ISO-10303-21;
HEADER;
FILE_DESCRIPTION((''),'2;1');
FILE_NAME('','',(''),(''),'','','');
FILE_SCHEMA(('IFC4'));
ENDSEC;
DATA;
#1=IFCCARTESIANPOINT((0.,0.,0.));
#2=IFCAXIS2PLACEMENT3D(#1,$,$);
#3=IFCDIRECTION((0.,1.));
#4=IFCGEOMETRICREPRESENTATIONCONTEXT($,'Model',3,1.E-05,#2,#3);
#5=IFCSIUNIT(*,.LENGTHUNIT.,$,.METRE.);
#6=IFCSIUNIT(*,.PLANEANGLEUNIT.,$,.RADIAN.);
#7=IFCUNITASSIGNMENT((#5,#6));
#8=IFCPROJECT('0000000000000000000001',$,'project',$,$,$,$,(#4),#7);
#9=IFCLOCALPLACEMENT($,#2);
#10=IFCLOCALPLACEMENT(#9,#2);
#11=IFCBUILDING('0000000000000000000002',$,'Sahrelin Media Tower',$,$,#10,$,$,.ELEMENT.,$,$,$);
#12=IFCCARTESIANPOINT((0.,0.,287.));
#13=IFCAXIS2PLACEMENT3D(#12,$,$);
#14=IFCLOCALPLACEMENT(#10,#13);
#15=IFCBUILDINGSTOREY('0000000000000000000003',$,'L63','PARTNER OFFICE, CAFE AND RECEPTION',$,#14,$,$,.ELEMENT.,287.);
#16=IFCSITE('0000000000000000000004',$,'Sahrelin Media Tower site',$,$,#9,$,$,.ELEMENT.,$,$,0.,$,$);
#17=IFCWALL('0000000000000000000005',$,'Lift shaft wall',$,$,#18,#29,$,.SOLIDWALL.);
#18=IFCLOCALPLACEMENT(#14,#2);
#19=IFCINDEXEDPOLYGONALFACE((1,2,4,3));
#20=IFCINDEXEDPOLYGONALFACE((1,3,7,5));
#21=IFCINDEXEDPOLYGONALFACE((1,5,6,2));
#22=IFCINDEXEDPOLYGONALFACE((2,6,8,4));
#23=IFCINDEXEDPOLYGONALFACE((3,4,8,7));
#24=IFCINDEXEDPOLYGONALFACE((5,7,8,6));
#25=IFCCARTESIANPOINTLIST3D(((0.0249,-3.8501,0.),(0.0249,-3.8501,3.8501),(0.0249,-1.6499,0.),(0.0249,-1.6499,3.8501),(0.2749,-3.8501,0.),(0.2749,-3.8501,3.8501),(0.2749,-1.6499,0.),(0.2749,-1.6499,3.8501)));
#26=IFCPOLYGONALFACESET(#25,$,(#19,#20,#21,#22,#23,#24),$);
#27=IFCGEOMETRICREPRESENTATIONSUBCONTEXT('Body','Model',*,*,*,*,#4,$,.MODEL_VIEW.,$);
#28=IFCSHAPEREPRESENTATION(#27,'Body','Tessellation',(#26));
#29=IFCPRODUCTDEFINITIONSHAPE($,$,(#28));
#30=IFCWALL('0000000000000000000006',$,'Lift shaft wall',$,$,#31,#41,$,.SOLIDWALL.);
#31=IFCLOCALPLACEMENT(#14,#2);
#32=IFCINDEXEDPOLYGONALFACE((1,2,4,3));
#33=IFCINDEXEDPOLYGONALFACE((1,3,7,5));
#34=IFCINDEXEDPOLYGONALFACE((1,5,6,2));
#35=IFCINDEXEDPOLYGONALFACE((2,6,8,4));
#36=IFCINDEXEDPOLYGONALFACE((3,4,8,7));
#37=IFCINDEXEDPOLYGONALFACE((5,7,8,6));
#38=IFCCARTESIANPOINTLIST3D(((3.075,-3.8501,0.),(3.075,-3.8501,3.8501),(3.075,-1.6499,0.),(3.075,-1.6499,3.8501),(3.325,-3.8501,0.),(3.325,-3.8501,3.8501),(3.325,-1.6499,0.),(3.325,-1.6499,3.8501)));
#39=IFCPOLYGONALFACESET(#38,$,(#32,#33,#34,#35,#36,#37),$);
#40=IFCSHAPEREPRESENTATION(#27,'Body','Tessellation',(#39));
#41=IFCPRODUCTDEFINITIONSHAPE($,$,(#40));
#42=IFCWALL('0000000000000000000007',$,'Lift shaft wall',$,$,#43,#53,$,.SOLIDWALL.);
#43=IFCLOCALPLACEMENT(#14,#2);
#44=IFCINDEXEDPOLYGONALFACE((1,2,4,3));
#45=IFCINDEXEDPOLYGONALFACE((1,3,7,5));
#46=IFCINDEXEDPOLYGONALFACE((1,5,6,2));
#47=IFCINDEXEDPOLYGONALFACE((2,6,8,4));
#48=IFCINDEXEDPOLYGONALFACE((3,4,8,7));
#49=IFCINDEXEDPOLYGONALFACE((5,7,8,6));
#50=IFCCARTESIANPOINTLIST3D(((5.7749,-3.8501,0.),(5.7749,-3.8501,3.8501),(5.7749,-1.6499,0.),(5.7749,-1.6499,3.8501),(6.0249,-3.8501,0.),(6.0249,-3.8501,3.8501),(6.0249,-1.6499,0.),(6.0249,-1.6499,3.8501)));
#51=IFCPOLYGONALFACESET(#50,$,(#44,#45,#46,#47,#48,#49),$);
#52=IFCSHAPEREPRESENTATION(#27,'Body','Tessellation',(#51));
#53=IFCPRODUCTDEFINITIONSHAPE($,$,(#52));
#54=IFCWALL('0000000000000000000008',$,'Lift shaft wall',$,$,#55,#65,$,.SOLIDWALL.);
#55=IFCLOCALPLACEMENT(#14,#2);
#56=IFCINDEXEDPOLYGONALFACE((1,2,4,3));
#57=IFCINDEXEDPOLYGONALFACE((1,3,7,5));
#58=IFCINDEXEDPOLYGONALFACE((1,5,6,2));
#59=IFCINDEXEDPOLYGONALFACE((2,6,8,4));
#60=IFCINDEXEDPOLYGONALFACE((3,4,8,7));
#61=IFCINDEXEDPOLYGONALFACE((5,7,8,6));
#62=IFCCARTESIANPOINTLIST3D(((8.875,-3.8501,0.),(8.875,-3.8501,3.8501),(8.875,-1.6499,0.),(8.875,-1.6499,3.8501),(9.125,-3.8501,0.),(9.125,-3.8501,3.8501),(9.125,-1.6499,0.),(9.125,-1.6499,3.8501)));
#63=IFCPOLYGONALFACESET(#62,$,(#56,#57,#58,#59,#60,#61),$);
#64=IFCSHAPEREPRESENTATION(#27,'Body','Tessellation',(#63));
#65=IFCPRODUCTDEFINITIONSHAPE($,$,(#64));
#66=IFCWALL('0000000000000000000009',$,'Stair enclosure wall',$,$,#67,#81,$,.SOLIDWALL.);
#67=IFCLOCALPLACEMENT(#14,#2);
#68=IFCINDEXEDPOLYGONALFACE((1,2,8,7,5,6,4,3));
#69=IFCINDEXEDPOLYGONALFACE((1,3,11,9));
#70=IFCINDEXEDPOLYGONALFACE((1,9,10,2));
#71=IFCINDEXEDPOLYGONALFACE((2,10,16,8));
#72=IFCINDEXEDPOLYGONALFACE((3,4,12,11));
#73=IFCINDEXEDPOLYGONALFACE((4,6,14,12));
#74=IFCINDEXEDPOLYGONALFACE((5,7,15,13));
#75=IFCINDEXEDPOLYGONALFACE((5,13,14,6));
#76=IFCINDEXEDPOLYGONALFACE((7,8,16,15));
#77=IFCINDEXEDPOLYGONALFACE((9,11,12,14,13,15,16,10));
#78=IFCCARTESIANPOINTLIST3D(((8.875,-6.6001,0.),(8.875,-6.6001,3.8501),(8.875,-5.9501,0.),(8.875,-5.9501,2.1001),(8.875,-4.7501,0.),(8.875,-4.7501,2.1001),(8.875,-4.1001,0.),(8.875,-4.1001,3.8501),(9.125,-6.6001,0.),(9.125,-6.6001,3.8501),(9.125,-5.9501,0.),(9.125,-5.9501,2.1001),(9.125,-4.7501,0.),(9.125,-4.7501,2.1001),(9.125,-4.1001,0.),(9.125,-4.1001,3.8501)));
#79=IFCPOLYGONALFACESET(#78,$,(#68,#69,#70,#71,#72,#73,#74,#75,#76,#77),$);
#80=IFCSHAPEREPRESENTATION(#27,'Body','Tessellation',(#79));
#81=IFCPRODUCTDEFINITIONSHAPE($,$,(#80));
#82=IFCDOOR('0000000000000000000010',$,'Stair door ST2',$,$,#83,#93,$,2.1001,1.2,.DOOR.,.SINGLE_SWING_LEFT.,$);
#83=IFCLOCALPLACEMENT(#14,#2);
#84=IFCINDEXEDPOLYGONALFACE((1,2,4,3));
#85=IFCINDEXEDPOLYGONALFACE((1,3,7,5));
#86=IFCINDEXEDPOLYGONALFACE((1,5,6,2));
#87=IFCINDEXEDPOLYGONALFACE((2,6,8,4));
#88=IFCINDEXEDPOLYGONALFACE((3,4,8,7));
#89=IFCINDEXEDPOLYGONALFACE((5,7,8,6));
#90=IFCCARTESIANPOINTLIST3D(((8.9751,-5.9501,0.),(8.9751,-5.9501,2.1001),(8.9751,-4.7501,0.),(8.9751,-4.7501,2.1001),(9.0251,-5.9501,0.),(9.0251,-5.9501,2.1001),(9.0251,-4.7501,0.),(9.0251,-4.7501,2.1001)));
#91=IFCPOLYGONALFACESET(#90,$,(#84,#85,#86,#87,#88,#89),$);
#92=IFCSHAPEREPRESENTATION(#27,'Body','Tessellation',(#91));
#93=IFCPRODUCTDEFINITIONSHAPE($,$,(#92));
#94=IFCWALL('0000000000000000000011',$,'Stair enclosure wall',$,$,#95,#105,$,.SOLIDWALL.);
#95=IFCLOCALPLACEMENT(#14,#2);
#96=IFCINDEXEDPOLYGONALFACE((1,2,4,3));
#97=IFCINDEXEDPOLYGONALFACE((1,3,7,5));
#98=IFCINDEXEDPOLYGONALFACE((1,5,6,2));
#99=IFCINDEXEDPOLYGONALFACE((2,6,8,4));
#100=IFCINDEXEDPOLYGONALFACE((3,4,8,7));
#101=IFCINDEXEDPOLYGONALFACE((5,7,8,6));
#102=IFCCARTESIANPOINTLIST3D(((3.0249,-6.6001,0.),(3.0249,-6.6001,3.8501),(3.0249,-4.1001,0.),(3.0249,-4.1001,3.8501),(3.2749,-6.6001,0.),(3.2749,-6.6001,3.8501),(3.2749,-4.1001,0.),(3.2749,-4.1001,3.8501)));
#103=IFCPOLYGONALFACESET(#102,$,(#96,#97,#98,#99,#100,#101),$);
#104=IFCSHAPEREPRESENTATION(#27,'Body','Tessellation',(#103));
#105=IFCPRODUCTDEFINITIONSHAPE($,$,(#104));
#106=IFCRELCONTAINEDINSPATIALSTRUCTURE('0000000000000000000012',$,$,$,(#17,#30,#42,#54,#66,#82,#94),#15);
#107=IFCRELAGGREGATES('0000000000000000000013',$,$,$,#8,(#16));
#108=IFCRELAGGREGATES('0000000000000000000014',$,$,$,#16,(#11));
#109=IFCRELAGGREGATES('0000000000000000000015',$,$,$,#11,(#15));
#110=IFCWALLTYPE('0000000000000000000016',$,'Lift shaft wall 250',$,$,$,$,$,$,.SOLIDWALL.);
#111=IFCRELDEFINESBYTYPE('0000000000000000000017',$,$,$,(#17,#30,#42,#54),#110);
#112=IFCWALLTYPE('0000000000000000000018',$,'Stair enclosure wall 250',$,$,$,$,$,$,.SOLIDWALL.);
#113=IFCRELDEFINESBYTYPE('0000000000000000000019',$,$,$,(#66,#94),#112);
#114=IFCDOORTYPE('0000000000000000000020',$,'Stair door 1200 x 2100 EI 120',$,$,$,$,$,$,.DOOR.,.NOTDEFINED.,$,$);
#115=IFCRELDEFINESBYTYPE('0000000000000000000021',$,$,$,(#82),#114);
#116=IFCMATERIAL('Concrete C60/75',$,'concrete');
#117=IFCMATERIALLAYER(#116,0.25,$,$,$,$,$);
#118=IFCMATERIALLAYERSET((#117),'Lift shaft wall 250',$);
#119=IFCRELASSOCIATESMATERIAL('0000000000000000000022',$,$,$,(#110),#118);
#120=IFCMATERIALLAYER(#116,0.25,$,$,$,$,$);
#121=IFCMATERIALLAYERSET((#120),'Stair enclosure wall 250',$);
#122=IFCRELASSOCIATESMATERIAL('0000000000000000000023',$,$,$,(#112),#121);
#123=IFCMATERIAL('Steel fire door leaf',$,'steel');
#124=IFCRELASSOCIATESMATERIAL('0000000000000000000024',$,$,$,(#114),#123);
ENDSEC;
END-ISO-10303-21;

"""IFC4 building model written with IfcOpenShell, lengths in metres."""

from ifc_helpers import new_model, si_unit, direction, frame, frame_2d, origin, place, context, subcontext, project, spatial, rectangle, extrude, material, layer, layer_set, type_object, element, fill, save


model = new_model("IFC4")

# Units and contexts
model_context = context("Model", 3, precision=1e-05, world=origin(), true_north=direction((0.0, 1.0)))
body_context = subcontext(model_context, "Body", "Model", "MODEL_VIEW")
ifc_project = project(units=[si_unit("LENGTHUNIT", "METRE"), si_unit("PLANEANGLEUNIT", "RADIAN")], contexts=[model_context])

# Site, building, storey
site_placement = place(None, origin())
site = spatial("IfcSite", under=ifc_project, at=site_placement, Name="Sahrelin Media Tower site", CompositionType="ELEMENT", RefElevation=0.0)
building_placement = place(site_placement, origin())
building = spatial("IfcBuilding", under=site, at=building_placement, Name="Sahrelin Media Tower", CompositionType="ELEMENT")
storey_placement = place(building_placement, frame((0.0, 0.0, 287.0)))
storey = spatial("IfcBuildingStorey", under=building, at=storey_placement, Name="L63", Description="PARTNER OFFICE, CAFE AND RECEPTION", CompositionType="ELEMENT", Elevation=287.0)

# Shared definitions
ifc_material_1 = material(Name="Concrete C60/75", Category="concrete")

# Shared definitions
ifc_material_2 = material(Name="Steel fire door leaf", Category="steel")

# Walls
ifc_layer_1 = layer(ifc_material_1, 0.25)
ifc_layer_set_1 = layer_set([ifc_layer_1], Name="Lift shaft wall 250")
wall_type_1 = type_object("IfcWallType", Name="Lift shaft wall 250", PredefinedType="SOLIDWALL", material=ifc_layer_set_1)
for number, where, z_axis, x_axis, name in (
    (1, (0.1499, -3.8501, 0.0), (0.0, 0.0, 1.0), (0.0, 1.0, 0.0), "Lift shaft wall"),
    (2, (3.2, -3.8501, 0.0), (0.0, 0.0, 1.0), (0.0, 1.0, 0.0), "Lift shaft wall"),
    (3, (5.8999, -3.8501, 0.0), (0.0, 0.0, 1.0), (0.0, 1.0, 0.0), "Lift shaft wall"),
    (4, (9.0, -3.8501, 0.0), (0.0, 0.0, 1.0), (0.0, 1.0, 0.0), "Lift shaft wall"),
):
    element("IfcWall", number, at=place(storey_placement, frame(where, z_axis=z_axis, x_axis=x_axis)), inside=storey, type_object=wall_type_1, Name=name, PredefinedType="SOLIDWALL", context=body_context, shape_type="SweptSolid", body=[
        extrude(rectangle(XDim=2.2002, YDim=0.25, at=frame_2d((1.1001, 0.0))), origin(), (0.0, 0.0, 1.0), 3.8501),
    ])

# Wall, opening, door
ifc_layer_2 = layer(ifc_material_1, 0.25)
ifc_layer_set_2 = layer_set([ifc_layer_2], Name="Stair enclosure wall 250")
wall_type_2 = type_object("IfcWallType", Name="Stair enclosure wall 250", PredefinedType="SOLIDWALL", material=ifc_layer_set_2)
wall_1_placement = place(storey_placement, frame((9.0, -6.6001, 0.0), z_axis=(0.0, 0.0, 1.0), x_axis=(0.0, 1.0, 0.0)))
wall_1 = element("IfcWall", 5, at=wall_1_placement, inside=storey, type_object=wall_type_2, Name="Stair enclosure wall", PredefinedType="SOLIDWALL", context=body_context, shape_type="SweptSolid", body=[
    extrude(rectangle(XDim=2.5, YDim=0.25, at=frame_2d((1.25, 0.0))), origin(), (0.0, 0.0, 1.0), 3.8501),
])
opening_1_placement = place(wall_1_placement, frame((0.6499, 0.0, 0.0)))
opening_1 = element("IfcOpeningElement", 6, at=opening_1_placement, cuts=wall_1, PredefinedType="OPENING", context=body_context, shape_type="SweptSolid", body=[
    extrude(rectangle(XDim=1.2, YDim=2.1001, at=frame_2d((0.6001, 1.05))), frame((0.0, 0.125, 0.0), z_axis=(0.0, -1.0, 0.0), x_axis=(1.0, 0.0, 0.0)), (0.0, 0.0, 1.0), 0.25),
])
door_type_1 = type_object("IfcDoorType", Name="Stair door 1200 x 2100 EI 120", OperationType="NOTDEFINED", PredefinedType="DOOR", material=ifc_material_2)
door_1_placement = place(opening_1_placement, origin())
door_1 = element("IfcDoor", 7, at=door_1_placement, inside=storey, type_object=door_type_1, Name="Stair door ST2", OperationType="SINGLE_SWING_LEFT", OverallHeight=2.1001, OverallWidth=1.2, PredefinedType="DOOR", context=body_context, shape_type="SweptSolid", body=[
    extrude(rectangle(XDim=1.2, YDim=2.1001, at=frame_2d((0.6001, 1.05))), frame((0.0, 0.0249, 0.0), z_axis=(0.0, -1.0, 0.0), x_axis=(1.0, 0.0, 0.0)), (0.0, 0.0, 1.0), 0.05),
])
fill(opening_1, door_1)

# Wall
wall_2_placement = place(storey_placement, frame((3.1499, -6.6001, 0.0), z_axis=(0.0, 0.0, 1.0), x_axis=(0.0, 1.0, 0.0)))
element("IfcWall", 8, at=wall_2_placement, inside=storey, type_object=wall_type_2, Name="Stair enclosure wall", PredefinedType="SOLIDWALL", context=body_context, shape_type="SweptSolid", body=[
    extrude(rectangle(XDim=2.5, YDim=0.25, at=frame_2d((1.25, 0.0))), origin(), (0.0, 0.0, 1.0), 3.8501),
])

save(model, "model.ifc")
